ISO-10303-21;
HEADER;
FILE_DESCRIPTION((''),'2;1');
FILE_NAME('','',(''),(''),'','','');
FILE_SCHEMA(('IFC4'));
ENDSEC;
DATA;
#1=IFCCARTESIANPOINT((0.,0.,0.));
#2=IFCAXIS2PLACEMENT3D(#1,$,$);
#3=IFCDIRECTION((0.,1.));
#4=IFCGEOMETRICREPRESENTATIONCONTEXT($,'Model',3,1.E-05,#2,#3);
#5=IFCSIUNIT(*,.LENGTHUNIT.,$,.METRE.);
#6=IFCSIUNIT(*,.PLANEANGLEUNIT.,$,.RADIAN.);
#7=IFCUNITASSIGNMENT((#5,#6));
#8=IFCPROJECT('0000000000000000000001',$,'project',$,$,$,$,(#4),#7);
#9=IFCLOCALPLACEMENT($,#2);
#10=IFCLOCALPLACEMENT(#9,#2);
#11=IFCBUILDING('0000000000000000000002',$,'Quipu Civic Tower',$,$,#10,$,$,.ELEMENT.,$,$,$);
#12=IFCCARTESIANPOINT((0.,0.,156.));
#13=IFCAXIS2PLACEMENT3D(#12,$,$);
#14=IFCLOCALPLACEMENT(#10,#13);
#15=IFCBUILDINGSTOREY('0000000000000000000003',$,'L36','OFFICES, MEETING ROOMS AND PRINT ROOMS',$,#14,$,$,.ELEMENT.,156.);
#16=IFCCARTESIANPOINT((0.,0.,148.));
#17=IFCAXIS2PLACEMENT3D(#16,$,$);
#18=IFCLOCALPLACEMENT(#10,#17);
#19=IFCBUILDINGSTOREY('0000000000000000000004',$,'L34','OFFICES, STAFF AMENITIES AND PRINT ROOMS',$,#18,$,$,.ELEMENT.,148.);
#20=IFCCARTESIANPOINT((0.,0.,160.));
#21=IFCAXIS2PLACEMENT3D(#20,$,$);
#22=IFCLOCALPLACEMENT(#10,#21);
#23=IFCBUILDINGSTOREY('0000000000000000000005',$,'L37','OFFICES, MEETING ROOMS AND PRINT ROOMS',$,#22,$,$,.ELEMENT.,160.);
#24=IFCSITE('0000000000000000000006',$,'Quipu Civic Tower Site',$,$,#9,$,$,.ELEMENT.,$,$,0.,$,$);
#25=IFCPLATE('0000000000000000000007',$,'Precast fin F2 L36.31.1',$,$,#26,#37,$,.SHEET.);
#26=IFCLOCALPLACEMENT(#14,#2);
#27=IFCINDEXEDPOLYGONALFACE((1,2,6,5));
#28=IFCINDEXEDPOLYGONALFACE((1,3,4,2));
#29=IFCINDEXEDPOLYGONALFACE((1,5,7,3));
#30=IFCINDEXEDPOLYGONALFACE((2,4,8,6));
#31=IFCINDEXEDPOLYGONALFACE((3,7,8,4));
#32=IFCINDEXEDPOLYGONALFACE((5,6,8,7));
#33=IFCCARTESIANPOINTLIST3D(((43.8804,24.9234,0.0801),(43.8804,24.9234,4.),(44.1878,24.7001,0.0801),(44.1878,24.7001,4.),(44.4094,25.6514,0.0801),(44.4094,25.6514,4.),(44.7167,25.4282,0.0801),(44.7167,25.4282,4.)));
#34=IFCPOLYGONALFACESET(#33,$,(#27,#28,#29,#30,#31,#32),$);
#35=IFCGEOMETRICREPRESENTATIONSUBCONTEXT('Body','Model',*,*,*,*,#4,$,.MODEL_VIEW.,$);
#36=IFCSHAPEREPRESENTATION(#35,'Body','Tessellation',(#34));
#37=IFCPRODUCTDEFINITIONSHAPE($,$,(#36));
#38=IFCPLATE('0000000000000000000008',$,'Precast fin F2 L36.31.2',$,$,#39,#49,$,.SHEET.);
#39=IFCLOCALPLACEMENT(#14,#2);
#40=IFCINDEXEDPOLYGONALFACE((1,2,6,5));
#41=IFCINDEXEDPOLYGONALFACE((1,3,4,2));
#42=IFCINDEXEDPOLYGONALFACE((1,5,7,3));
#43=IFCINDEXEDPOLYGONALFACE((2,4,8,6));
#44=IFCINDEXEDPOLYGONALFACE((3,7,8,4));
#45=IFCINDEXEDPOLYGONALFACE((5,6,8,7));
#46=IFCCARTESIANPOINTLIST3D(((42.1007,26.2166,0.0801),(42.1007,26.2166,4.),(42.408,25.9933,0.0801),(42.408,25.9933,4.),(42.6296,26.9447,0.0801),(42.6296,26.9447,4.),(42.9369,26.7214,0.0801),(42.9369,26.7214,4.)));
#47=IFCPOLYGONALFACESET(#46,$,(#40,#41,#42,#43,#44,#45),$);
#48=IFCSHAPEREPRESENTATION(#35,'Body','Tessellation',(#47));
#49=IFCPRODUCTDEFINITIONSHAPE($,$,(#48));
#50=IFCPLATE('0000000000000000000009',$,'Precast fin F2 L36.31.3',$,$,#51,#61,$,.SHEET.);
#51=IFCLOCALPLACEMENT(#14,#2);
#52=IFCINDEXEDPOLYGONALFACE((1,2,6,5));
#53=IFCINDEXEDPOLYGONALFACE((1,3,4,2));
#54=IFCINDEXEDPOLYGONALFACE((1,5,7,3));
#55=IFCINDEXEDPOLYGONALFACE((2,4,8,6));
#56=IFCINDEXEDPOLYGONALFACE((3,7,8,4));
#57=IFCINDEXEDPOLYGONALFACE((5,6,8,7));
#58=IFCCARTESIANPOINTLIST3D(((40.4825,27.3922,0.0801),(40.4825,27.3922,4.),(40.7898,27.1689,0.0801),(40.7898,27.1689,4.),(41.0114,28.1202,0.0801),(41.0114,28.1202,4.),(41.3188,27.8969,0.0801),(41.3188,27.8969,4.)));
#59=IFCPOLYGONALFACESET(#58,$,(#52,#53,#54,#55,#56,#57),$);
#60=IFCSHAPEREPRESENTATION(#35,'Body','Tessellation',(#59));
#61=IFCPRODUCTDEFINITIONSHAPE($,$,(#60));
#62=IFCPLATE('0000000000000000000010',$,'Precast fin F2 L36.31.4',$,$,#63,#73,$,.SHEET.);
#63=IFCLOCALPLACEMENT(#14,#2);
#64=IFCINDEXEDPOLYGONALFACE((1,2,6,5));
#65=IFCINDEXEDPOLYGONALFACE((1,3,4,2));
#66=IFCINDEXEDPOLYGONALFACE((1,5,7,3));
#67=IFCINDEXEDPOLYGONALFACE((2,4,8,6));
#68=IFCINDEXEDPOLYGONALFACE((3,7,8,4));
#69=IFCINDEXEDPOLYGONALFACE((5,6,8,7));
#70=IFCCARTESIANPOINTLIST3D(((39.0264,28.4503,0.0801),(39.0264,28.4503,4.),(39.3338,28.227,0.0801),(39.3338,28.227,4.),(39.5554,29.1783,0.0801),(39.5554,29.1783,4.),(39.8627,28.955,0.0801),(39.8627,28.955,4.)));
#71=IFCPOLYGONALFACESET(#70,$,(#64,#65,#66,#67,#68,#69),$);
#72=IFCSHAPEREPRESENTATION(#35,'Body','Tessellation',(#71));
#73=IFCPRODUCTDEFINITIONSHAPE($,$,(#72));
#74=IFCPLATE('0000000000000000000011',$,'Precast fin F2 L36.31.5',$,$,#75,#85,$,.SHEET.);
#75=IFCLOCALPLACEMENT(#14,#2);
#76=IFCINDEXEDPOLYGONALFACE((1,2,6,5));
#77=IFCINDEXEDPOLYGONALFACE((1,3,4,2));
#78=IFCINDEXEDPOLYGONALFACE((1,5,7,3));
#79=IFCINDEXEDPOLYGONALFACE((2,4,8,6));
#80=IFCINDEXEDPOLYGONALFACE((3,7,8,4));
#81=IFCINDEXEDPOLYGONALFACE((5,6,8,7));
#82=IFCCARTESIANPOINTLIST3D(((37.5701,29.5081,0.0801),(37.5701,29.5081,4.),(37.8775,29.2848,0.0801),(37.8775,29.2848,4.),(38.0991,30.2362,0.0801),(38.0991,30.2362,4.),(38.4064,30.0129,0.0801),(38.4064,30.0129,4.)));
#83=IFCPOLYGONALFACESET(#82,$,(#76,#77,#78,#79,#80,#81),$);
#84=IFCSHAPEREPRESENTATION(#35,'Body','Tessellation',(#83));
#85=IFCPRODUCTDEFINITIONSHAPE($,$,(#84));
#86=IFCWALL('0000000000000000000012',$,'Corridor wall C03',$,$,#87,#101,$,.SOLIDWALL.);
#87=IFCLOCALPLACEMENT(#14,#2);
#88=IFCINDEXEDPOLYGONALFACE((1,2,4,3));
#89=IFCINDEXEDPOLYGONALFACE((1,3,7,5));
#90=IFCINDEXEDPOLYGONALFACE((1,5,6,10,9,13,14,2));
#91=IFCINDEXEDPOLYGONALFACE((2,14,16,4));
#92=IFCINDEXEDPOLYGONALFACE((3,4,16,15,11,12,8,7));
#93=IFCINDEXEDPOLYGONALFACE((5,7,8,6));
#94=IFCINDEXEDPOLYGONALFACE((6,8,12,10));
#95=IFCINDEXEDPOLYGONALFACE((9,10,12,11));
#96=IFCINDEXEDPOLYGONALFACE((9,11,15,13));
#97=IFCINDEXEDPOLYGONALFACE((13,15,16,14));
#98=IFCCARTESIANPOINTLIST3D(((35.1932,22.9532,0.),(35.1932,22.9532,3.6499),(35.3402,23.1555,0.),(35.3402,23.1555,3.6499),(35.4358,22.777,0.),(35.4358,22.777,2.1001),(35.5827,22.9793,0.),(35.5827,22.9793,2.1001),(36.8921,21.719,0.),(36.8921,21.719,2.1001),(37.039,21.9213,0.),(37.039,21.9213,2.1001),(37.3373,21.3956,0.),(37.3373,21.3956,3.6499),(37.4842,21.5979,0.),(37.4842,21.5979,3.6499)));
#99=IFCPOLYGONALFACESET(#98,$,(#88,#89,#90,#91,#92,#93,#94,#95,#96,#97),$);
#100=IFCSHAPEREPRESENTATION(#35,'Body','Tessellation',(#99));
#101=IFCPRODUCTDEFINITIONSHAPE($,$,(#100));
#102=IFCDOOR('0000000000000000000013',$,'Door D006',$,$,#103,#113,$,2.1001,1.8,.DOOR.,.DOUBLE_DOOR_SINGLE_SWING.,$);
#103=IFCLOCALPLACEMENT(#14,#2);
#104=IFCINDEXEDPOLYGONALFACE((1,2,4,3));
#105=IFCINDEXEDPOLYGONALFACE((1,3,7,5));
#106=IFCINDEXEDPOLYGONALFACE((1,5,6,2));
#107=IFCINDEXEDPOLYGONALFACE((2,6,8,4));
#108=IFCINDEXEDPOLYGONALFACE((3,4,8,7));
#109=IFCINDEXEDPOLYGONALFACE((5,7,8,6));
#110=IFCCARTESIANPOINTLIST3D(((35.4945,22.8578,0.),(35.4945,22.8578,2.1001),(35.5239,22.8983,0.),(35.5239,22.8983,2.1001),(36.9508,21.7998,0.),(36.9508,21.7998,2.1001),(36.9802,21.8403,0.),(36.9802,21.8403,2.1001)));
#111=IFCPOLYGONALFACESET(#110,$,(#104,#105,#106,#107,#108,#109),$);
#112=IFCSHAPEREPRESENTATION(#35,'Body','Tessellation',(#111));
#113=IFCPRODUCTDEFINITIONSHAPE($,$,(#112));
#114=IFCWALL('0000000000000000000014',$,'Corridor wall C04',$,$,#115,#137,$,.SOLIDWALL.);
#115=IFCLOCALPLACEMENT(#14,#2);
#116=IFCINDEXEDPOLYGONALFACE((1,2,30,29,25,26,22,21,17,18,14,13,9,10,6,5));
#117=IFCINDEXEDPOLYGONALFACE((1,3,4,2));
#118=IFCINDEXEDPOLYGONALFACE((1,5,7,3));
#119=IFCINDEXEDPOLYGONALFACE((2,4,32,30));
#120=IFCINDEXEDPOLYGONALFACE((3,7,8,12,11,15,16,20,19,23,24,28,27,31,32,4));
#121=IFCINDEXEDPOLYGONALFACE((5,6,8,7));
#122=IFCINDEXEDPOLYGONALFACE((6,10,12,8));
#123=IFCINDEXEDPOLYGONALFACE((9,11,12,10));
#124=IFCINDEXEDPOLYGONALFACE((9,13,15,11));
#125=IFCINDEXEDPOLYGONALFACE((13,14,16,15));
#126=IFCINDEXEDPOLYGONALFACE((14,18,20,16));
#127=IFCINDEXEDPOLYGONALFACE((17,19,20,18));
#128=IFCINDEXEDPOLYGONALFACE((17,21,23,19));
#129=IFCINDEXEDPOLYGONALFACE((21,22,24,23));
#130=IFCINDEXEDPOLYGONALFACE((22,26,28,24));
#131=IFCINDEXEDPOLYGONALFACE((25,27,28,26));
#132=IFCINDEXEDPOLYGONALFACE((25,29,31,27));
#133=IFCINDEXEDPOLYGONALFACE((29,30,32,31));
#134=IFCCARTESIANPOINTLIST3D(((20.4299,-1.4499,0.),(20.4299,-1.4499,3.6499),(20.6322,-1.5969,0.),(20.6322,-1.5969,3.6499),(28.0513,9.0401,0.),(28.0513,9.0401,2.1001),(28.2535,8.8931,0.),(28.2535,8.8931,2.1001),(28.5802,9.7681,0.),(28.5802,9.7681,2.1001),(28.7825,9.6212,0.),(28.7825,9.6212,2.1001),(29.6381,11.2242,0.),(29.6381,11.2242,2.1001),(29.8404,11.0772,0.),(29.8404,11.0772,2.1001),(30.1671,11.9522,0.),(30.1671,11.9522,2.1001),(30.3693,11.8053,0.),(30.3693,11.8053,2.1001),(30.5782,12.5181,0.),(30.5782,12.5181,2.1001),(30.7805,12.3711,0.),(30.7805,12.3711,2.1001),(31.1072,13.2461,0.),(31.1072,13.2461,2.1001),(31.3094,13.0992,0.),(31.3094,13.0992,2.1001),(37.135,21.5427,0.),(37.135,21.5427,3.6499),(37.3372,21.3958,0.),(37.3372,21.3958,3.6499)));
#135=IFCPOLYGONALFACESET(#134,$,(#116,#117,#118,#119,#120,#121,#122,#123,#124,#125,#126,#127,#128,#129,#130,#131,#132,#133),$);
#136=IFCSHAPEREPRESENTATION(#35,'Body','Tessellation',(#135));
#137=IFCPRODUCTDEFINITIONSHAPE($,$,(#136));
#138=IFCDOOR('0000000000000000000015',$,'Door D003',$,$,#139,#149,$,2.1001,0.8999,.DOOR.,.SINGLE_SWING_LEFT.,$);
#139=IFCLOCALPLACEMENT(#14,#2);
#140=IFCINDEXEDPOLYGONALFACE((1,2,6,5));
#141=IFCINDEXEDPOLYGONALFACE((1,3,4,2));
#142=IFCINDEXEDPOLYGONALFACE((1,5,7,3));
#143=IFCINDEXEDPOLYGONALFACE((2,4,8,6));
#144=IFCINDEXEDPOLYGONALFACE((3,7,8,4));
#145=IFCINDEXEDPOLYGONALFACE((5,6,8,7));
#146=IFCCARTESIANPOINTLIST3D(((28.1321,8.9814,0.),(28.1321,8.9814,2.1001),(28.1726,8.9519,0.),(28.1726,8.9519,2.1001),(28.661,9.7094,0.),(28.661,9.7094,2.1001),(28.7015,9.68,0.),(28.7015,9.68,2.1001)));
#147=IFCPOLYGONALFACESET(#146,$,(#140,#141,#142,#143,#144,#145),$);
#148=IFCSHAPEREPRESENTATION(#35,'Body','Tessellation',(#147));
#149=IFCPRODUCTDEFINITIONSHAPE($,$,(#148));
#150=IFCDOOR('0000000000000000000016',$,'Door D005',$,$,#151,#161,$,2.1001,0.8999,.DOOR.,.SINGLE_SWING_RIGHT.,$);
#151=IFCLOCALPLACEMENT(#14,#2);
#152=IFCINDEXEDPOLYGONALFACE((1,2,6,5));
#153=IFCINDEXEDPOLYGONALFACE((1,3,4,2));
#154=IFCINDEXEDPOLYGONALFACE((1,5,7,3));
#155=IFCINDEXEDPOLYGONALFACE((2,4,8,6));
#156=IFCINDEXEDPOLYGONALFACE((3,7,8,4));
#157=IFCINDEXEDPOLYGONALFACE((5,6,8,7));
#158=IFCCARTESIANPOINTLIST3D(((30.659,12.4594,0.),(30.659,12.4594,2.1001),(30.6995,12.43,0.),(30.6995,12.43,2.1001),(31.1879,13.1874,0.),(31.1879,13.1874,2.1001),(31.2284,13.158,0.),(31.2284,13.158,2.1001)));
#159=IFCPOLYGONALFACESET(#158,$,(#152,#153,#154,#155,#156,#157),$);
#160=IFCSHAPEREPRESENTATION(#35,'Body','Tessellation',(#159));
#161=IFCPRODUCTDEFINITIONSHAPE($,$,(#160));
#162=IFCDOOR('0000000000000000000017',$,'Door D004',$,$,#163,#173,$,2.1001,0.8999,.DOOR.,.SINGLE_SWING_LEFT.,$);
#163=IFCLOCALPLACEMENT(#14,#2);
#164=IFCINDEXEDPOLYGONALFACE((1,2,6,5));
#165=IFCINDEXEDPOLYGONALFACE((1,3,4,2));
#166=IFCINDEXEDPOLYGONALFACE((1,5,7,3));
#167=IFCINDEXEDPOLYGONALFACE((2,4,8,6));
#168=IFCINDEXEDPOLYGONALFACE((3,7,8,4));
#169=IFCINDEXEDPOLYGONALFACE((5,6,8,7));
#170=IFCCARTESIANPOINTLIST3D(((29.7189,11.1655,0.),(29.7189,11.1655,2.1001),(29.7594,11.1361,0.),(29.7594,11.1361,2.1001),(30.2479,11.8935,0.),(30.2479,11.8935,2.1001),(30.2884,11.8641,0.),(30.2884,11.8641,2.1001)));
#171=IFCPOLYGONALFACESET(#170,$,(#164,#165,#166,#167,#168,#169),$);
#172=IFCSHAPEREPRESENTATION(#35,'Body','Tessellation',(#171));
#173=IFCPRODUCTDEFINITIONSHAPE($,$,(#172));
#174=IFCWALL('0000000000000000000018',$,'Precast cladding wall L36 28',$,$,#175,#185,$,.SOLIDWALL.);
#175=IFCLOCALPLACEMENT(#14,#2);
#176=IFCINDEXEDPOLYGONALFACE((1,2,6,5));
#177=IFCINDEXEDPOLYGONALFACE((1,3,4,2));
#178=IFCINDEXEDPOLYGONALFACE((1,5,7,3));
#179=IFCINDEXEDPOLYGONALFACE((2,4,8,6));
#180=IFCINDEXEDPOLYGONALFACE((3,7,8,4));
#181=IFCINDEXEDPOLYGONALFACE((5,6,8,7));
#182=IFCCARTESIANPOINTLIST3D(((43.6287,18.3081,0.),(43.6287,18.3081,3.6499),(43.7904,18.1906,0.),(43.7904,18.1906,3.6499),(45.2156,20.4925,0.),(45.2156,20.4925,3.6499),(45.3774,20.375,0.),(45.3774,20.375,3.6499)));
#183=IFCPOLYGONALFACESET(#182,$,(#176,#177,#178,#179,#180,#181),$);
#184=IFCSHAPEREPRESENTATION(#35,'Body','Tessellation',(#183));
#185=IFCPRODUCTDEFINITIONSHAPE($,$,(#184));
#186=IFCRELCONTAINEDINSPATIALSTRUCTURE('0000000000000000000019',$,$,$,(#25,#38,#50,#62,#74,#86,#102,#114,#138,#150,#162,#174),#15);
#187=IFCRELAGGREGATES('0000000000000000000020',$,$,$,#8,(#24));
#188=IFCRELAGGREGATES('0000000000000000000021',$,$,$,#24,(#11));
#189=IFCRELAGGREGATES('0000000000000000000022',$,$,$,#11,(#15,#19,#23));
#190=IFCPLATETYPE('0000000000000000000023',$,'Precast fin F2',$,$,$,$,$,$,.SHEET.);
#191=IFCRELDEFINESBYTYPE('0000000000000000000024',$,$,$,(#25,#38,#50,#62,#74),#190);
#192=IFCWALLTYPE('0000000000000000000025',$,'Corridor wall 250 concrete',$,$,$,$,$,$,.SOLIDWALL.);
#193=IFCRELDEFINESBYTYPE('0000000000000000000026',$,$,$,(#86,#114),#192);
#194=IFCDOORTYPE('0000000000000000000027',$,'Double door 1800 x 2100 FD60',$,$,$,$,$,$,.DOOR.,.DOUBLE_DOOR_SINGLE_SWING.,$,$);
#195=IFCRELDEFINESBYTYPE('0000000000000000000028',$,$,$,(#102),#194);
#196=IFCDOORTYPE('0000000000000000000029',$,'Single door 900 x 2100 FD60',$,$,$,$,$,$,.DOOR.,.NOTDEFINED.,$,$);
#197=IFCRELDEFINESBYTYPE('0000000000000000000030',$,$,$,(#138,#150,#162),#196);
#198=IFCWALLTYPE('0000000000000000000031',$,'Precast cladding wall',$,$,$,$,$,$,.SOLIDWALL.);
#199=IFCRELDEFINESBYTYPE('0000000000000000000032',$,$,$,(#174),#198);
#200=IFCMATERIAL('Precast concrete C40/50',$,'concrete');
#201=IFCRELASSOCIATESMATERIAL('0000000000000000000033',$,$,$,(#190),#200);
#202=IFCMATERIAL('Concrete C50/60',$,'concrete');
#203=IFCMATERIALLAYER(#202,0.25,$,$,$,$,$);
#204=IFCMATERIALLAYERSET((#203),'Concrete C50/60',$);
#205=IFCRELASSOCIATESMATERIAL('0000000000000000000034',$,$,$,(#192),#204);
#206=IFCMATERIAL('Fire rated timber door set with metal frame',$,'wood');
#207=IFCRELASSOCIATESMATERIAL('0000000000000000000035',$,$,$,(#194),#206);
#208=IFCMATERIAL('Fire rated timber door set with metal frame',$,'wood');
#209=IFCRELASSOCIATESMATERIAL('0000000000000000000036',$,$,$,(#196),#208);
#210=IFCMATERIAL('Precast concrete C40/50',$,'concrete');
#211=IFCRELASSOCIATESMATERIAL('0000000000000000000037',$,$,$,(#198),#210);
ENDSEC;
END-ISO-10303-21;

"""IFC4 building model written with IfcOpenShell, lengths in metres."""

from ifc_helpers import new_model, si_unit, direction, frame, frame_2d, origin, origin_2d, place, context, subcontext, project, spatial, rectangle, extrude, material, layer, layer_set, type_object, element, fill, save


model = new_model("IFC4")

# Units and contexts
model_context = context("Model", 3, precision=1e-05, world=origin(), true_north=direction((0.0, 1.0)))
body_context = subcontext(model_context, "Body", "Model", "MODEL_VIEW")
ifc_project = project(units=[si_unit("LENGTHUNIT", "METRE"), si_unit("PLANEANGLEUNIT", "RADIAN")], contexts=[model_context])

# Site, building, storey
site_placement = place(None, origin())
site = spatial("IfcSite", under=ifc_project, at=site_placement, Name="Quipu Civic Tower Site", CompositionType="ELEMENT", RefElevation=0.0)
building_placement = place(site_placement, origin())
building = spatial("IfcBuilding", under=site, at=building_placement, Name="Quipu Civic Tower", CompositionType="ELEMENT")
storey_1_placement = place(building_placement, frame((0.0, 0.0, 156.0)))
storey_1 = spatial("IfcBuildingStorey", under=building, at=storey_1_placement, Name="L36", Description="OFFICES, MEETING ROOMS AND PRINT ROOMS", CompositionType="ELEMENT", Elevation=156.0)

# Shared definitions
storey_2_placement = place(building_placement, frame((0.0, 0.0, 148.0)))
storey_2 = spatial("IfcBuildingStorey", under=building, at=storey_2_placement, Name="L34", Description="OFFICES, STAFF AMENITIES AND PRINT ROOMS", CompositionType="ELEMENT", Elevation=148.0)

# Shared definitions
storey_3_placement = place(building_placement, frame((0.0, 0.0, 160.0)))
storey_3 = spatial("IfcBuildingStorey", under=building, at=storey_3_placement, Name="L37", Description="OFFICES, MEETING ROOMS AND PRINT ROOMS", CompositionType="ELEMENT", Elevation=160.0)

# Plates
ifc_material_1 = material(Name="Precast concrete C40/50", Category="concrete")
plate_type_1 = type_object("IfcPlateType", Name="Precast fin F2", PredefinedType="SHEET", material=ifc_material_1)
for number, where, z_axis, x_axis, name in (
    (1, (44.2986, 25.1758, 0.0801), (0.0, 0.0, 1.0), (-0.809017, 0.587785, 0.0), "Precast fin F2 L36.31.1"),
    (2, (42.5188, 26.469, 0.0801), (0.0, 0.0, 1.0), (-0.809017, 0.587785, 0.0), "Precast fin F2 L36.31.2"),
    (3, (40.9006, 27.6445, 0.0801), (0.0, 0.0, 1.0), (-0.809017, 0.587785, 0.0), "Precast fin F2 L36.31.3"),
    (4, (39.4446, 28.7026, 0.0801), (0.0, 0.0, 1.0), (-0.809017, 0.587785, 0.0), "Precast fin F2 L36.31.4"),
    (5, (37.9883, 29.7605, 0.0801), (0.0, 0.0, 1.0), (-0.809017, 0.587785, 0.0), "Precast fin F2 L36.31.5"),
):
    element("IfcPlate", number, at=place(storey_1_placement, frame(where, z_axis=z_axis, x_axis=x_axis)), inside=storey_1, type_object=plate_type_1, Name=name, PredefinedType="SHEET", context=body_context, shape_type="SweptSolid", body=[
        extrude(rectangle(XDim=0.3799, YDim=0.8999, at=origin_2d()), origin(), (0.0, 0.0, 1.0), 3.9199),
    ])

# Wall, opening, door
ifc_material_2 = material(Name="Concrete C50/60", Category="concrete")
ifc_layer_1 = layer(ifc_material_2, 0.25)
ifc_layer_set_1 = layer_set([ifc_layer_1], Name="Concrete C50/60")
wall_type_1 = type_object("IfcWallType", Name="Corridor wall 250 concrete", PredefinedType="SOLIDWALL", material=ifc_layer_set_1)
wall_1_placement = place(storey_1_placement, frame((35.2666, 23.0544, 0.0), z_axis=(0.0, 0.0, 1.0), x_axis=(0.809039, -0.587755, 0.0)))
wall_1 = element("IfcWall", 6, at=wall_1_placement, inside=storey_1, type_object=wall_type_1, Name="Corridor wall C03", PredefinedType="SOLIDWALL", context=body_context, shape_type="SweptSolid", body=[
    extrude(rectangle(XDim=2.6501, YDim=0.25, at=frame_2d((1.3252, 0.0))), origin(), (0.0, 0.0, 1.0), 3.6499),
])
opening_1_placement = place(wall_1_placement, frame((0.3, 0.0, 0.0)))
opening_1 = element("IfcOpeningElement", 7, at=opening_1_placement, cuts=wall_1, PredefinedType="OPENING", context=body_context, shape_type="SweptSolid", body=[
    extrude(rectangle(XDim=1.8, YDim=2.1001, at=frame_2d((0.8999, 1.05))), frame((0.0, 0.135, 0.0), z_axis=(0.0, -1.0, 0.0), x_axis=(1.0, 0.0, 0.0)), (0.0, 0.0, 1.0), 0.27),
])
ifc_material_3 = material(Name="Fire rated timber door set with metal frame", Category="wood")
door_type_1 = type_object("IfcDoorType", Name="Double door 1800 x 2100 FD60", OperationType="DOUBLE_DOOR_SINGLE_SWING", PredefinedType="DOOR", material=ifc_material_3)
door_1_placement = place(opening_1_placement, origin())
door_1 = element("IfcDoor", 8, at=door_1_placement, inside=storey_1, type_object=door_type_1, Name="Door D006", OperationType="DOUBLE_DOOR_SINGLE_SWING", OverallHeight=2.1001, OverallWidth=1.8, PredefinedType="DOOR", context=body_context, shape_type="SweptSolid", body=[
    extrude(rectangle(XDim=1.8, YDim=2.1001, at=frame_2d((0.8999, 1.05))), frame((0.0, 0.0249, 0.0), z_axis=(0.0, -1.0, 0.0), x_axis=(1.0, 0.0, 0.0)), (0.0, 0.0, 1.0), 0.05),
])
fill(opening_1, door_1)

# Wall, openings, doors
wall_2_placement = place(storey_1_placement, frame((37.2361, 21.4692, 0.0), z_axis=(0.0, 0.0, 1.0), x_axis=(-0.587783, -0.809018, 0.0)))
wall_2 = element("IfcWall", 9, at=wall_2_placement, inside=storey_1, type_object=wall_type_1, Name="Corridor wall C04", PredefinedType="SOLIDWALL", context=body_context, shape_type="SweptSolid", body=[
    extrude(rectangle(XDim=28.4204, YDim=0.25, at=frame_2d((14.2102, 0.0))), origin(), (0.0, 0.0, 1.0), 3.6499),
])
opening_2_placement = place(wall_2_placement, frame((14.5542, 0.0, 0.0)))
opening_2 = element("IfcOpeningElement", 10, at=opening_2_placement, cuts=wall_2, PredefinedType="OPENING", context=body_context, shape_type="SweptSolid", body=[
    extrude(rectangle(XDim=0.8999, YDim=2.1001, at=frame_2d((0.45, 1.05))), frame((0.0, 0.135, 0.0), z_axis=(0.0, -1.0, 0.0), x_axis=(1.0, 0.0, 0.0)), (0.0, 0.0, 1.0), 0.27),
])
opening_3_placement = place(wall_2_placement, frame((10.2551, 0.0, 0.0)))
opening_3 = element("IfcOpeningElement", 11, at=opening_3_placement, cuts=wall_2, PredefinedType="OPENING", context=body_context, shape_type="SweptSolid", body=[
    extrude(rectangle(XDim=0.8999, YDim=2.1001, at=frame_2d((0.45, 1.05))), frame((0.0, 0.135, 0.0), z_axis=(0.0, -1.0, 0.0), x_axis=(1.0, 0.0, 0.0)), (0.0, 0.0, 1.0), 0.27),
])
opening_4_placement = place(wall_2_placement, frame((11.8545, 0.0, 0.0)))
opening_4 = element("IfcOpeningElement", 12, at=opening_4_placement, cuts=wall_2, PredefinedType="OPENING", context=body_context, shape_type="SweptSolid", body=[
    extrude(rectangle(XDim=0.8999, YDim=2.1001, at=frame_2d((0.45, 1.05))), frame((0.0, 0.135, 0.0), z_axis=(0.0, -1.0, 0.0), x_axis=(1.0, 0.0, 0.0)), (0.0, 0.0, 1.0), 0.27),
])
ifc_material_4 = material(Name="Fire rated timber door set with metal frame", Category="wood")
door_type_2 = type_object("IfcDoorType", Name="Single door 900 x 2100 FD60", OperationType="NOTDEFINED", PredefinedType="DOOR", material=ifc_material_4)
door_2_placement = place(opening_2_placement, origin())
door_2 = element("IfcDoor", 13, at=door_2_placement, inside=storey_1, type_object=door_type_2, Name="Door D003", OperationType="SINGLE_SWING_LEFT", OverallHeight=2.1001, OverallWidth=0.8999, PredefinedType="DOOR", context=body_context, shape_type="SweptSolid", body=[
    extrude(rectangle(XDim=0.8999, YDim=2.1001, at=frame_2d((0.45, 1.05))), frame((0.0, 0.0249, 0.0), z_axis=(0.0, -1.0, 0.0), x_axis=(1.0, 0.0, 0.0)), (0.0, 0.0, 1.0), 0.05),
])
fill(opening_2, door_2)
door_3_placement = place(opening_3_placement, origin())
door_3 = element("IfcDoor", 14, at=door_3_placement, inside=storey_1, type_object=door_type_2, Name="Door D005", OperationType="SINGLE_SWING_RIGHT", OverallHeight=2.1001, OverallWidth=0.8999, PredefinedType="DOOR", context=body_context, shape_type="SweptSolid", body=[
    extrude(rectangle(XDim=0.8999, YDim=2.1001, at=frame_2d((0.45, 1.05))), frame((0.0, 0.0249, 0.0), z_axis=(0.0, -1.0, 0.0), x_axis=(1.0, 0.0, 0.0)), (0.0, 0.0, 1.0), 0.05),
])
fill(opening_3, door_3)
door_4_placement = place(opening_4_placement, origin())
door_4 = element("IfcDoor", 15, at=door_4_placement, inside=storey_1, type_object=door_type_2, Name="Door D004", OperationType="SINGLE_SWING_LEFT", OverallHeight=2.1001, OverallWidth=0.8999, PredefinedType="DOOR", context=body_context, shape_type="SweptSolid", body=[
    extrude(rectangle(XDim=0.8999, YDim=2.1001, at=frame_2d((0.45, 1.05))), frame((0.0, 0.0249, 0.0), z_axis=(0.0, -1.0, 0.0), x_axis=(1.0, 0.0, 0.0)), (0.0, 0.0, 1.0), 0.05),
])
fill(opening_4, door_4)

# Wall
ifc_material_5 = material(Name="Precast concrete C40/50", Category="concrete")
wall_type_2 = type_object("IfcWallType", Name="Precast cladding wall", PredefinedType="SOLIDWALL", material=ifc_material_5)
for number, where, z_axis, x_axis, name in (
    (16, (43.7095, 18.2493, 0.0), (0.0, 0.0, 1.0), (0.587763, 0.809033, 0.0), "Precast cladding wall L36 28"),
):
    element("IfcWall", number, at=place(storey_1_placement, frame(where, z_axis=z_axis, x_axis=x_axis)), inside=storey_1, type_object=wall_type_2, Name=name, PredefinedType="SOLIDWALL", context=body_context, shape_type="SweptSolid", body=[
        extrude(rectangle(XDim=2.7, YDim=0.2, at=frame_2d((1.3501, 0.0))), origin(), (0.0, 0.0, 1.0), 3.6499),
    ])

save(model, "model.ifc")
